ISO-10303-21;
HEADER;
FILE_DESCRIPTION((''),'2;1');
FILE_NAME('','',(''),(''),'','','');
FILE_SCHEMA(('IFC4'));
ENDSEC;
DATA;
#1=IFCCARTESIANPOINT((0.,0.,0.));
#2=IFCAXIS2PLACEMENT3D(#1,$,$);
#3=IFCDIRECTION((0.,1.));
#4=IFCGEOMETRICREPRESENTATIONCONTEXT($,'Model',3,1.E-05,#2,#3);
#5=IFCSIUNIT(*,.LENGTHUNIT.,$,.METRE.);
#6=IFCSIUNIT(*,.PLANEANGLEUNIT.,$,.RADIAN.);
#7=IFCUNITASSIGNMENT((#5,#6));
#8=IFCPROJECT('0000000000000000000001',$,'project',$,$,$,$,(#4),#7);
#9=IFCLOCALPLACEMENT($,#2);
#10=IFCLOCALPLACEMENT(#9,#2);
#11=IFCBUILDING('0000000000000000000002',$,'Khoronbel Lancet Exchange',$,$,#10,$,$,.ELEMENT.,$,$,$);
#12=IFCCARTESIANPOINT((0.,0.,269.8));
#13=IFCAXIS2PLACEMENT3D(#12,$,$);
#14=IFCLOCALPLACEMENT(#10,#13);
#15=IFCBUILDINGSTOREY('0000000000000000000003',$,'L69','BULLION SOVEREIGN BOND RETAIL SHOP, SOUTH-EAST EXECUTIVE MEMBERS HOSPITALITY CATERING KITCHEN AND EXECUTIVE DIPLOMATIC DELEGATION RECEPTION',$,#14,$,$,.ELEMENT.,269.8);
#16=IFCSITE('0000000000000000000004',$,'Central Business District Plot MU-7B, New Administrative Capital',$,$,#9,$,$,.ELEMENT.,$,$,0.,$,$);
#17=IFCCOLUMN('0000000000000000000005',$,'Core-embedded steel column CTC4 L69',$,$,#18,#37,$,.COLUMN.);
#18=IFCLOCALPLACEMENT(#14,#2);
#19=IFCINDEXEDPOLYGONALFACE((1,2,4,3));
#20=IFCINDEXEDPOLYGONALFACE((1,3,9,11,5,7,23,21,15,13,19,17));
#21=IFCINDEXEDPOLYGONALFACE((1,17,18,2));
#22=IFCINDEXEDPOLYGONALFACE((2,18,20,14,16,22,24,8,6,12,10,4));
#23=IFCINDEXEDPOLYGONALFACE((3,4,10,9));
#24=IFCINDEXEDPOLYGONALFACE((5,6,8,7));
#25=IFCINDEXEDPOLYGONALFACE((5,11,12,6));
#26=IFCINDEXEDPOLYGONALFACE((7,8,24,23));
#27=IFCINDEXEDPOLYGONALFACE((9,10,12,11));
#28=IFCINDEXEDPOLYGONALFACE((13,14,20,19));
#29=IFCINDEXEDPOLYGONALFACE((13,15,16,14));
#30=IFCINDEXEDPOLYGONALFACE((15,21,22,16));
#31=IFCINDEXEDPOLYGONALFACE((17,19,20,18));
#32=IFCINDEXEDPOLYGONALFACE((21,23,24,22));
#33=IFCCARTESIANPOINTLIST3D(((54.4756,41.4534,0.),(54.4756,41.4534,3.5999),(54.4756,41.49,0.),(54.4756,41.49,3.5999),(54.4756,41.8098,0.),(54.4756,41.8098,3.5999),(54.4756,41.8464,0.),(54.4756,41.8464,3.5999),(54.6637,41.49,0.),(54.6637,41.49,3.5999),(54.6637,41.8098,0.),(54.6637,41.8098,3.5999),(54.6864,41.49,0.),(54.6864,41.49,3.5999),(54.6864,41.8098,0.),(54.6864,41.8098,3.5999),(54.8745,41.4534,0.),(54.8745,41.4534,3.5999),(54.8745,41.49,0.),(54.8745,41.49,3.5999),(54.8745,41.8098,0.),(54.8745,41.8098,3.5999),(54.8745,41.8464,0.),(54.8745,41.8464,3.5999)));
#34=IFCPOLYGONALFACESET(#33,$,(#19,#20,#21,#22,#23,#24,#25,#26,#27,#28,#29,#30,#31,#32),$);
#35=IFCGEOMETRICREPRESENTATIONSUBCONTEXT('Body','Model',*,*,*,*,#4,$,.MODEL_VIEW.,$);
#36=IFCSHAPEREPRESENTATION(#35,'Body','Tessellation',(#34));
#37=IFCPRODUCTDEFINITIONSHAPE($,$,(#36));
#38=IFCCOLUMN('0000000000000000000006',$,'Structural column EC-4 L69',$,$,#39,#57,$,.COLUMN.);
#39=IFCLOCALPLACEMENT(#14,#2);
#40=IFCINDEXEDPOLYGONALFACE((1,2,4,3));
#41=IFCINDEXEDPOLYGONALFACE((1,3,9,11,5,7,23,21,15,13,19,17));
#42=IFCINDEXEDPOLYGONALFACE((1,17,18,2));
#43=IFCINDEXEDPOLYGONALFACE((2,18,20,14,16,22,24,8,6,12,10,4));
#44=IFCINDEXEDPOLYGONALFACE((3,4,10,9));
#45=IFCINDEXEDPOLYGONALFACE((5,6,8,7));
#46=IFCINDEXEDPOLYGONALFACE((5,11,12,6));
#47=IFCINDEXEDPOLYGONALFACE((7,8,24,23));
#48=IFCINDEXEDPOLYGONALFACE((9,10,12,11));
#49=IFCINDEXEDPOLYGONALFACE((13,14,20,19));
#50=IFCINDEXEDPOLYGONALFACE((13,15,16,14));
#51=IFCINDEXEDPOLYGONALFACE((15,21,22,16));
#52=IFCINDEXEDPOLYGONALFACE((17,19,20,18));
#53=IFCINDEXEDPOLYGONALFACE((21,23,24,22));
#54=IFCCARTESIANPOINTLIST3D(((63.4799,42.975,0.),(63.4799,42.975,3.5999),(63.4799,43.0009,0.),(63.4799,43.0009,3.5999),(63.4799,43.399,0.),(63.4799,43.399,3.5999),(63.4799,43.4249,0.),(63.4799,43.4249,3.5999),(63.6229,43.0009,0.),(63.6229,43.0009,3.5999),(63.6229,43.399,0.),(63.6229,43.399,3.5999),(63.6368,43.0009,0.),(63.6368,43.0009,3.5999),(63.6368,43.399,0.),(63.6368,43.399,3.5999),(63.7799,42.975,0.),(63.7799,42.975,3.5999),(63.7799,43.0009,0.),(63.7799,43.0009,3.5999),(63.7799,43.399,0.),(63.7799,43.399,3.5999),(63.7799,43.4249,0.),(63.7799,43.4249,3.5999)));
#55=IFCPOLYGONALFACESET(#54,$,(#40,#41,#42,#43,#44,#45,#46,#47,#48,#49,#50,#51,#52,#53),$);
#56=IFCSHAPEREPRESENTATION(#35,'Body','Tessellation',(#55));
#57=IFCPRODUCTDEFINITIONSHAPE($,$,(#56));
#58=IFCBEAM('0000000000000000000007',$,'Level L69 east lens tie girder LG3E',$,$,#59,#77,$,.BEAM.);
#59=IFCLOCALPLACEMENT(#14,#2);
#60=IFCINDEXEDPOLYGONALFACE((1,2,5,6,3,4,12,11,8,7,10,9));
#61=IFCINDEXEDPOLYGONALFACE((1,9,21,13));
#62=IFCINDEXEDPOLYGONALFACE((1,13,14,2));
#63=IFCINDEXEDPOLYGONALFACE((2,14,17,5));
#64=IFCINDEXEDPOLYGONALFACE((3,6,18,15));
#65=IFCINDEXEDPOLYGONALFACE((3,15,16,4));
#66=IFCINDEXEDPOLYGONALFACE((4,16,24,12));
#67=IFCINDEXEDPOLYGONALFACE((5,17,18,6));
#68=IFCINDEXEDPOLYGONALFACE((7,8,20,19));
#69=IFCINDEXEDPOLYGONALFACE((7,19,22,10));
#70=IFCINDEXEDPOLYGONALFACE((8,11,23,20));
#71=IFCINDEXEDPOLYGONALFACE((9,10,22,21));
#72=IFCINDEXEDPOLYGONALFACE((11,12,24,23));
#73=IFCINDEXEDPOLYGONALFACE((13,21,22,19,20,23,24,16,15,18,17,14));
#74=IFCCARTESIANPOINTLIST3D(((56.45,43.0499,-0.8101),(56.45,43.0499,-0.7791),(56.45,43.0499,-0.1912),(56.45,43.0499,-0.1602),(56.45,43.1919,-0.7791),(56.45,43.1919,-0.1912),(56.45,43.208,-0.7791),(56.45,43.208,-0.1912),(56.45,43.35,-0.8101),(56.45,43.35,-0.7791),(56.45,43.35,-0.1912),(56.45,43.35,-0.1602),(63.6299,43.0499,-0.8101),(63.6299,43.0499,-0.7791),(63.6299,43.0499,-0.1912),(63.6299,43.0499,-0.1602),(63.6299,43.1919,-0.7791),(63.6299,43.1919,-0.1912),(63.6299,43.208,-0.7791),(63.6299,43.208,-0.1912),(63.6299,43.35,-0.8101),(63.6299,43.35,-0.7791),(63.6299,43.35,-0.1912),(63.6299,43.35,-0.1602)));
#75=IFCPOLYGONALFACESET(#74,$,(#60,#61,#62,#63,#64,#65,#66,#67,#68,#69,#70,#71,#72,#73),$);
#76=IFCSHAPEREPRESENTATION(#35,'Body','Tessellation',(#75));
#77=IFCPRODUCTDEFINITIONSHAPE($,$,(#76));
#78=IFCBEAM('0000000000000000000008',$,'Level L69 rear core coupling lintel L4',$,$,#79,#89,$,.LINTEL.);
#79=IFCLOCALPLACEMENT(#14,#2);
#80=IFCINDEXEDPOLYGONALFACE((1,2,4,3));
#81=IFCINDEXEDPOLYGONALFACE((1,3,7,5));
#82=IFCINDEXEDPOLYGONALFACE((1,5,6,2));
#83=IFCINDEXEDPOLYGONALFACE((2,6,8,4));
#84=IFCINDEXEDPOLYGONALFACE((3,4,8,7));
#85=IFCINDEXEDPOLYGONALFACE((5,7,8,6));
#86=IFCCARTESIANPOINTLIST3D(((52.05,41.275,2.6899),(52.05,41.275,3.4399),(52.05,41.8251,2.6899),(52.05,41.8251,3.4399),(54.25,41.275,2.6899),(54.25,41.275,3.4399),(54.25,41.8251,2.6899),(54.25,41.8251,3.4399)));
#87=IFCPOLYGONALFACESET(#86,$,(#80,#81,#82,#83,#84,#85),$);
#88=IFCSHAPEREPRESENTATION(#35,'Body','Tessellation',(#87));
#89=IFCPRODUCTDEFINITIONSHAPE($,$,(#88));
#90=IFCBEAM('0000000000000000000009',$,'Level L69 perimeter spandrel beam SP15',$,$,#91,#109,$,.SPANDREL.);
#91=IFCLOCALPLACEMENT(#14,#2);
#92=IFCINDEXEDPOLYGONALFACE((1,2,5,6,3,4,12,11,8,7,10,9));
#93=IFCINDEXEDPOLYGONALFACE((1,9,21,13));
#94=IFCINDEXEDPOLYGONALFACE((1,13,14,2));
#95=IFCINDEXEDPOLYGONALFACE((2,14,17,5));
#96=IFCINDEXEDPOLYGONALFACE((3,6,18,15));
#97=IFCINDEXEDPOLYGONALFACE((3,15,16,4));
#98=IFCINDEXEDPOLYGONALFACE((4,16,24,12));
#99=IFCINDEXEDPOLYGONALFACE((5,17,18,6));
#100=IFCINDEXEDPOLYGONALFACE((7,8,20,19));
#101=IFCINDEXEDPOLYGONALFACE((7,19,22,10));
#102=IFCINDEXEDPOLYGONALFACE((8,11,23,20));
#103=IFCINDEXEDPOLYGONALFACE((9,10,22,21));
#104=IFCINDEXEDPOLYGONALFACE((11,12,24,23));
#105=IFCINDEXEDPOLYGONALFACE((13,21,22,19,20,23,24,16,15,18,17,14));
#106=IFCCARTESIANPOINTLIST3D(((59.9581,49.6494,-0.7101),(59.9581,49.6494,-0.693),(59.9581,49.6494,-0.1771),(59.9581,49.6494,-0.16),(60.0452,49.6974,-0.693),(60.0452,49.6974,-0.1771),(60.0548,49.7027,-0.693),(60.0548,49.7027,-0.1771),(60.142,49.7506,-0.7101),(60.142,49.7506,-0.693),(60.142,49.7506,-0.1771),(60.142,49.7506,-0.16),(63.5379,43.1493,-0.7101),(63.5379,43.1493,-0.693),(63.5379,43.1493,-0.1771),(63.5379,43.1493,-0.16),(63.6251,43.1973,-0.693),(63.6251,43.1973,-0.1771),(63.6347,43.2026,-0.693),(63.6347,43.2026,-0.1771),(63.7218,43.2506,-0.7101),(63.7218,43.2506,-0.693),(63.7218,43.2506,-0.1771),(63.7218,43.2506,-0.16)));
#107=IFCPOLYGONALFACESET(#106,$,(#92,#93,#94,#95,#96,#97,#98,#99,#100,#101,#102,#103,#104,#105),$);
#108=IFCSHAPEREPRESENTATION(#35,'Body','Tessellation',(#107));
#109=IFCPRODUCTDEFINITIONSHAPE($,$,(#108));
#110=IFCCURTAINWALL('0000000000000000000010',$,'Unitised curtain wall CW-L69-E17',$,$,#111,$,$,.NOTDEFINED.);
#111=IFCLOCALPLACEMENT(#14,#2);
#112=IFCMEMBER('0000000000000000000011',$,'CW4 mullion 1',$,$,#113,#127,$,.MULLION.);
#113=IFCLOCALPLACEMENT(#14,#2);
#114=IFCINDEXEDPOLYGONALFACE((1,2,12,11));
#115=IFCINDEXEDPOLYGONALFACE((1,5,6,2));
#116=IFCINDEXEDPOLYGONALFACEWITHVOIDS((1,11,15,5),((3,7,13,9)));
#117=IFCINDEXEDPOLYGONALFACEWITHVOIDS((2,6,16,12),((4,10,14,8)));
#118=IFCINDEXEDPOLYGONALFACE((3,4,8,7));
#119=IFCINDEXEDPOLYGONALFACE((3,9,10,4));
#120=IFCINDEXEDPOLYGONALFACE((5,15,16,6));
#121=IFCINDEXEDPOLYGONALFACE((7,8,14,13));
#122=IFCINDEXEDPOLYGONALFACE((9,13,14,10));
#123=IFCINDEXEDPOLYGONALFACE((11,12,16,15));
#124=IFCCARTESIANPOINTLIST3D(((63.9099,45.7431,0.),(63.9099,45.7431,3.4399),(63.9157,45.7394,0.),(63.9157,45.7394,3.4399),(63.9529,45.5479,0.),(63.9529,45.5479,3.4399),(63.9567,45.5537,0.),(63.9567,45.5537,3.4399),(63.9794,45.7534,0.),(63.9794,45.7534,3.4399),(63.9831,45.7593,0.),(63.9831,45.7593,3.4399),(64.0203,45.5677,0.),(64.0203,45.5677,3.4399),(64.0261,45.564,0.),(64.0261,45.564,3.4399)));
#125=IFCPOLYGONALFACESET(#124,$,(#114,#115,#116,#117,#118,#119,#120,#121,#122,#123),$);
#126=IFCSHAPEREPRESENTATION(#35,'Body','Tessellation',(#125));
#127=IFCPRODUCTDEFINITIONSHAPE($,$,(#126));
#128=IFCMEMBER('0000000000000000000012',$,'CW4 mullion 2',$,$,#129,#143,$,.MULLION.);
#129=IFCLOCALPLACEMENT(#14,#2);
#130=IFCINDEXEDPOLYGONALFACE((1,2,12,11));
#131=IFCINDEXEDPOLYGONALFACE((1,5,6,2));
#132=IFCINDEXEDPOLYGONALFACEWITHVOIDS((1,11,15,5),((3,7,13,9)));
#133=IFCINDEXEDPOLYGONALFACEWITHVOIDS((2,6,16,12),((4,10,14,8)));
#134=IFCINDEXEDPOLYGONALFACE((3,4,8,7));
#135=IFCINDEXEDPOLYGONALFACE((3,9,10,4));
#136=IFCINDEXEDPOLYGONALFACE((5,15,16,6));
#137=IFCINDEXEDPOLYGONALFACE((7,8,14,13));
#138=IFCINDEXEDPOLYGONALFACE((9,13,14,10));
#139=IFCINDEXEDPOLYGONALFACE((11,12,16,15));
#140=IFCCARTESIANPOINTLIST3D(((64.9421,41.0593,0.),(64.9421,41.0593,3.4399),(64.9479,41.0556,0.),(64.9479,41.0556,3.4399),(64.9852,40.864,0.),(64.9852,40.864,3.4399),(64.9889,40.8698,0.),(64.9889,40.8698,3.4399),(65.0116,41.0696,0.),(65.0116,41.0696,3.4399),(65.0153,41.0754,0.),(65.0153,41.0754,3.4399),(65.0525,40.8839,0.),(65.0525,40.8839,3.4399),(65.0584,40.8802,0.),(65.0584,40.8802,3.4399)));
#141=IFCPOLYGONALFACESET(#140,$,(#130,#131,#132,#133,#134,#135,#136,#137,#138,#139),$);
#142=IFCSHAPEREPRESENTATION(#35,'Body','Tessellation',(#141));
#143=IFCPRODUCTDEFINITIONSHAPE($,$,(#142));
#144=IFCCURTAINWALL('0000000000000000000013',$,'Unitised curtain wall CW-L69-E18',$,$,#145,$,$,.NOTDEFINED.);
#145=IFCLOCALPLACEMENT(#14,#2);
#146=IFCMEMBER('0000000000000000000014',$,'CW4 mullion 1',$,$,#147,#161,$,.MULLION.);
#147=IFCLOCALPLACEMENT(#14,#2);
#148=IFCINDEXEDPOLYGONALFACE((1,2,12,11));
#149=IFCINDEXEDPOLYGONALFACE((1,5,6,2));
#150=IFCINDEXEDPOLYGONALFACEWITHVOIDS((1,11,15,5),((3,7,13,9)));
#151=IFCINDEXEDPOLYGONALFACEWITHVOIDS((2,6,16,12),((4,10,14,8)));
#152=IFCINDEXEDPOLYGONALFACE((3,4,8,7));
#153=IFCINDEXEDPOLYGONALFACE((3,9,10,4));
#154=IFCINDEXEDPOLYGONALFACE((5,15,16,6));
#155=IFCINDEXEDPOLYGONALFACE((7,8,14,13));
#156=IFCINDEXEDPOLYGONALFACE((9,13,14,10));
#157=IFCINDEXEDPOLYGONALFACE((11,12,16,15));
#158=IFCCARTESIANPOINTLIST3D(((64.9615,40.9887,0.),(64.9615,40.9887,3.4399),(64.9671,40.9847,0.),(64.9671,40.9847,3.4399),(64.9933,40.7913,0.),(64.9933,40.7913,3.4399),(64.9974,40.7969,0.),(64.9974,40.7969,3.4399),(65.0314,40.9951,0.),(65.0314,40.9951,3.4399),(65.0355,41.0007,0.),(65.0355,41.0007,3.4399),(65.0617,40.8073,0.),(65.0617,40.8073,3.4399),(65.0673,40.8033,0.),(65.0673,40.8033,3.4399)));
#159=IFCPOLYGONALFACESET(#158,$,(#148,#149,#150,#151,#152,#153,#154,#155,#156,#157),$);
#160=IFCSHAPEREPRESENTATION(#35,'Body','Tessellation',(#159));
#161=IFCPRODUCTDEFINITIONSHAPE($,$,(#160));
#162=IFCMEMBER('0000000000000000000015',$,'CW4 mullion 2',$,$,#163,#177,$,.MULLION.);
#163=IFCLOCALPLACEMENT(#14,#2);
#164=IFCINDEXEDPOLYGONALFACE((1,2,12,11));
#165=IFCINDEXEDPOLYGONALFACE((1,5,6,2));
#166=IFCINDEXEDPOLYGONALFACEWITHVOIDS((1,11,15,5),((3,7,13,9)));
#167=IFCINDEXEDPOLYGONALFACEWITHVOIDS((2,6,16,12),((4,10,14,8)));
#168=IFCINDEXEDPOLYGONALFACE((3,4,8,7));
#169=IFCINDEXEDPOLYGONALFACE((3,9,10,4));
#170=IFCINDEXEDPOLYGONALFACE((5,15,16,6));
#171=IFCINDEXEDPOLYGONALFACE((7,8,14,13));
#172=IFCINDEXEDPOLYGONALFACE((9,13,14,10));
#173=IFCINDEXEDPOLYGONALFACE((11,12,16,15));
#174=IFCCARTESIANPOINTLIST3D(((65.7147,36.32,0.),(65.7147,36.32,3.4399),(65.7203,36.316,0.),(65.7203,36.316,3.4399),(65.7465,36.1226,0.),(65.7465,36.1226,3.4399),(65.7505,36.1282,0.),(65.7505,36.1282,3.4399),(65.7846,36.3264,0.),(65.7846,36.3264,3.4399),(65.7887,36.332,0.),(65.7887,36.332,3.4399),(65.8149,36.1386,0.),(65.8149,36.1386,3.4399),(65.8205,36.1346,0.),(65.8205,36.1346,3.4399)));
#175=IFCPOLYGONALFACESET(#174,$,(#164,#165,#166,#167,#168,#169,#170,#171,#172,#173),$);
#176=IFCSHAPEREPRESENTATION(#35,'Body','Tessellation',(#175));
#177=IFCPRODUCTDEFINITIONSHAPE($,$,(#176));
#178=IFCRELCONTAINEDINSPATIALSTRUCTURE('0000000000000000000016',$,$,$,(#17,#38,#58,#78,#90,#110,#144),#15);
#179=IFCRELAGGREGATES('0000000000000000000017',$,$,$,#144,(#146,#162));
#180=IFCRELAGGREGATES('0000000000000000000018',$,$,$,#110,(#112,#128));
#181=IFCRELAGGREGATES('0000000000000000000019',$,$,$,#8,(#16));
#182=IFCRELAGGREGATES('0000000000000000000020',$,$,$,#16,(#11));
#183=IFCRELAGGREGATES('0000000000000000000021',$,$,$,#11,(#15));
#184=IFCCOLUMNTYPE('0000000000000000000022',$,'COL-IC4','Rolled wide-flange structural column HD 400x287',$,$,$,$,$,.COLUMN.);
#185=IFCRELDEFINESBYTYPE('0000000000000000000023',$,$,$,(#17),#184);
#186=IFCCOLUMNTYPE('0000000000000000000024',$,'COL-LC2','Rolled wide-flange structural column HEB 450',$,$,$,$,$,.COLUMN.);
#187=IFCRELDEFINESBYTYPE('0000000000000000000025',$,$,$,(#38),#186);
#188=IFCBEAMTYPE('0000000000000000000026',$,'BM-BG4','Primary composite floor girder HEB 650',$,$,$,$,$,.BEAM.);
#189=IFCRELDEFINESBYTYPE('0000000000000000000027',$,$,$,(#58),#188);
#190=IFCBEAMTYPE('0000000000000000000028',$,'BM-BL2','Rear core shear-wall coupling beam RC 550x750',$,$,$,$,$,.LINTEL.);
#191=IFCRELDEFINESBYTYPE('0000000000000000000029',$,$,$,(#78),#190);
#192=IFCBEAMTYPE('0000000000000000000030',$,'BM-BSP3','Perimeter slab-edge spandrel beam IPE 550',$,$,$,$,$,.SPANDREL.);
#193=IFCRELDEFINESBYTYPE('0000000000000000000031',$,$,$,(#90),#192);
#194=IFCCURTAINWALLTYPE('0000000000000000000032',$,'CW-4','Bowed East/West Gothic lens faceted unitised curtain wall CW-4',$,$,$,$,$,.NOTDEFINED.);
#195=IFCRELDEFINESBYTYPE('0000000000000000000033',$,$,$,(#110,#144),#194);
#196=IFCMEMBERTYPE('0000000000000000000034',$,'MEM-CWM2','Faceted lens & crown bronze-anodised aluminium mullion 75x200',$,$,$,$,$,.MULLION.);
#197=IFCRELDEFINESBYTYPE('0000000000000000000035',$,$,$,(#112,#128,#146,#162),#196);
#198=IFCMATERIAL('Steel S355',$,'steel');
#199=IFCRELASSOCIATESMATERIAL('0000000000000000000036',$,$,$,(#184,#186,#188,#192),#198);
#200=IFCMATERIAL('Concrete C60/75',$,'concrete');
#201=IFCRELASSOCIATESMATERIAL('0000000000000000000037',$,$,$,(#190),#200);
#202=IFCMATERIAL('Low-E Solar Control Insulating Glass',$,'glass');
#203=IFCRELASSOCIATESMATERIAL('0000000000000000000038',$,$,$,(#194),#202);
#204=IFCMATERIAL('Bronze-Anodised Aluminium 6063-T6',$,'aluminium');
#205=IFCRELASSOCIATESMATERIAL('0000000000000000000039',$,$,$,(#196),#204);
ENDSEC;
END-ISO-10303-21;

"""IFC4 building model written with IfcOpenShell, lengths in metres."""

from ifc_helpers import new_model, si_unit, direction, frame, origin, origin_2d, place, context, subcontext, project, spatial, rectangle, hollow_rectangle, i_section, extrude, material, material_profile, profile_set, type_object, element, aggregate, save


model = new_model("IFC4")

# Units and contexts
model_context = context("Model", 3, precision=1e-05, world=origin(), true_north=direction((0.0, 1.0)))
body_context = subcontext(model_context, "Body", "Model", "MODEL_VIEW")
ifc_project = project(units=[si_unit("LENGTHUNIT", "METRE"), si_unit("PLANEANGLEUNIT", "RADIAN")], contexts=[model_context])

# Site, building, storey
site_placement = place(None, origin())
site = spatial("IfcSite", under=ifc_project, at=site_placement, Name="Central Business District Plot MU-7B, New Administrative Capital", CompositionType="ELEMENT", RefElevation=0.0)
building_placement = place(site_placement, origin())
building = spatial("IfcBuilding", under=site, at=building_placement, Name="Khoronbel Lancet Exchange", CompositionType="ELEMENT")
storey_placement = place(building_placement, frame((0.0, 0.0, 269.8)))
storey = spatial("IfcBuildingStorey", under=building, at=storey_placement, Name="L69", Description="BULLION SOVEREIGN BOND RETAIL SHOP, SOUTH-EAST EXECUTIVE MEMBERS HOSPITALITY CATERING KITCHEN AND EXECUTIVE DIPLOMATIC DELEGATION RECEPTION", CompositionType="ELEMENT", Elevation=269.8)

# Columns
ifc_material_1 = material(Name="Steel S355", Category="steel")
ifc_material_profile_1 = material_profile(ifc_material_1, i_section(OverallWidth=0.3989, OverallDepth=0.3931, WebThickness=0.0227, FlangeThickness=0.0366, at=origin_2d()), Name="HD 400x287")
ifc_profile_set_1 = profile_set([ifc_material_profile_1], Name="Steel S355")
column_type_1 = type_object("IfcColumnType", Name="COL-IC4", Description="Rolled wide-flange structural column HD 400x287", PredefinedType="COLUMN", material=ifc_profile_set_1)
column_1_placement = place(storey_placement, frame((54.675, 41.6499, 0.0), z_axis=(0.0, 0.0, 1.0), x_axis=(1.0, 0.0, 0.0)))
element("IfcColumn", 1, at=column_1_placement, inside=storey, type_object=column_type_1, Name="Core-embedded steel column CTC4 L69", PredefinedType="COLUMN", context=body_context, shape_type="SweptSolid", body=[
    extrude(i_section(OverallWidth=0.3989, OverallDepth=0.3931, WebThickness=0.0227, FlangeThickness=0.0366, at=origin_2d()), origin(), (0.0, 0.0, 1.0), 3.5999),
])
ifc_material_profile_2 = material_profile(ifc_material_1, i_section(OverallWidth=0.3, OverallDepth=0.45, WebThickness=0.0139, FlangeThickness=0.0259, at=origin_2d()), Name="HEB 450")
ifc_profile_set_2 = profile_set([ifc_material_profile_2], Name="Steel S355")
column_type_2 = type_object("IfcColumnType", Name="COL-LC2", Description="Rolled wide-flange structural column HEB 450", PredefinedType="COLUMN", material=ifc_profile_set_2)
column_2_placement = place(storey_placement, frame((63.6299, 43.2, 0.0), z_axis=(0.0, 0.0, 1.0), x_axis=(1.0, 0.0, 0.0)))
element("IfcColumn", 2, at=column_2_placement, inside=storey, type_object=column_type_2, Name="Structural column EC-4 L69", PredefinedType="COLUMN", context=body_context, shape_type="SweptSolid", body=[
    extrude(i_section(OverallWidth=0.3, OverallDepth=0.45, WebThickness=0.0139, FlangeThickness=0.0259, at=origin_2d()), origin(), (0.0, 0.0, 1.0), 3.5999),
])

# Beams
ifc_material_profile_3 = material_profile(ifc_material_1, i_section(OverallWidth=0.3, OverallDepth=0.6499, WebThickness=0.0161, FlangeThickness=0.031, at=origin_2d()), Name="HEB 650")
ifc_profile_set_3 = profile_set([ifc_material_profile_3], Name="Steel S355")
beam_type_1 = type_object("IfcBeamType", Name="BM-BG4", Description="Primary composite floor girder HEB 650", PredefinedType="BEAM", material=ifc_profile_set_3)
beam_1_placement = place(storey_placement, frame((56.45, 43.2, -0.4851), z_axis=(1.0, 0.0, 0.0), x_axis=(0.0, 1.0, 0.0)))
element("IfcBeam", 3, at=beam_1_placement, inside=storey, type_object=beam_type_1, Name="Level L69 east lens tie girder LG3E", PredefinedType="BEAM", context=body_context, shape_type="SweptSolid", body=[
    extrude(i_section(OverallWidth=0.3, OverallDepth=0.6499, WebThickness=0.0161, FlangeThickness=0.031, at=origin_2d()), origin(), (0.0, 0.0, 1.0), 7.1799),
])
ifc_material_2 = material(Name="Concrete C60/75", Category="concrete")
ifc_material_profile_4 = material_profile(ifc_material_2, rectangle(XDim=0.55, YDim=0.75, at=origin_2d()), Name="RC 550x750")
ifc_profile_set_4 = profile_set([ifc_material_profile_4], Name="Concrete C60/75")
beam_type_2 = type_object("IfcBeamType", Name="BM-BL2", Description="Rear core shear-wall coupling beam RC 550x750", PredefinedType="LINTEL", material=ifc_profile_set_4)
beam_2_placement = place(storey_placement, frame((52.05, 41.55, 3.0649), z_axis=(1.0, 0.0, 0.0), x_axis=(0.0, 1.0, 0.0)))
element("IfcBeam", 4, at=beam_2_placement, inside=storey, type_object=beam_type_2, Name="Level L69 rear core coupling lintel L4", PredefinedType="LINTEL", context=body_context, shape_type="SweptSolid", body=[
    extrude(rectangle(XDim=0.55, YDim=0.75, at=origin_2d()), origin(), (0.0, 0.0, 1.0), 2.2),
])
ifc_material_profile_5 = material_profile(ifc_material_1, i_section(OverallWidth=0.21, OverallDepth=0.55, WebThickness=0.011, FlangeThickness=0.0171, at=origin_2d()), Name="IPE 550")
ifc_profile_set_5 = profile_set([ifc_material_profile_5], Name="Steel S355")
beam_type_3 = type_object("IfcBeamType", Name="BM-BSP3", Description="Perimeter slab-edge spandrel beam IPE 550", PredefinedType="SPANDREL", material=ifc_profile_set_5)
beam_3_placement = place(storey_placement, frame((63.6299, 43.2, -0.4351), z_axis=(-0.482419, 0.875941, 0.0), x_axis=(-0.875941, -0.482419, 0.0)))
element("IfcBeam", 5, at=beam_3_placement, inside=storey, type_object=beam_type_3, Name="Level L69 perimeter spandrel beam SP15", PredefinedType="SPANDREL", context=body_context, shape_type="SweptSolid", body=[
    extrude(i_section(OverallWidth=0.21, OverallDepth=0.55, WebThickness=0.011, FlangeThickness=0.0171, at=origin_2d()), origin(), (0.0, 0.0, 1.0), 7.4207),
])

# Curtain walls, members
ifc_material_3 = material(Name="Low-E Solar Control Insulating Glass", Category="glass")
curtain_wall_type = type_object("IfcCurtainWallType", Name="CW-4", Description="Bowed East/West Gothic lens faceted unitised curtain wall CW-4", PredefinedType="NOTDEFINED", material=ifc_material_3)
curtain_wall_1_placement = place(storey_placement, origin())
curtain_wall_1 = element("IfcCurtainWall", 6, at=curtain_wall_1_placement, inside=storey, type_object=curtain_wall_type, Name="Unitised curtain wall CW-L69-E17", PredefinedType="NOTDEFINED")
ifc_material_4 = material(Name="Bronze-Anodised Aluminium 6063-T6", Category="aluminium")
ifc_material_profile_6 = material_profile(ifc_material_4, hollow_rectangle(XDim=0.075, YDim=0.2, WallThickness=0.0049, at=origin_2d()), Name="ALU MULLION 75x200")
ifc_profile_set_6 = profile_set([ifc_material_profile_6], Name="Bronze-Anodised Aluminium 6063-T6")
member_type_1 = type_object("IfcMemberType", Name="MEM-CWM2", Description="Faceted lens & crown bronze-anodised aluminium mullion 75x200", PredefinedType="MULLION", material=ifc_profile_set_6)
member_1_placement = place(storey_placement, frame((63.968, 45.6536, 0.0), z_axis=(0.0, 0.0, 1.0), x_axis=(0.976565, 0.215222, 0.0)))
member_1 = element("IfcMember", 7, at=member_1_placement, type_object=member_type_1, Name="CW4 mullion 1", PredefinedType="MULLION", context=body_context, shape_type="SweptSolid", body=[
    extrude(hollow_rectangle(XDim=0.075, YDim=0.2, WallThickness=0.0049, at=origin_2d()), origin(), (0.0, 0.0, 1.0), 3.4399),
])
member_2_placement = place(storey_placement, frame((65.0002, 40.9697, 0.0), z_axis=(0.0, 0.0, 1.0), x_axis=(0.976565, 0.215222, 0.0)))
member_2 = element("IfcMember", 8, at=member_2_placement, type_object=member_type_1, Name="CW4 mullion 2", PredefinedType="MULLION", context=body_context, shape_type="SweptSolid", body=[
    extrude(hollow_rectangle(XDim=0.075, YDim=0.2, WallThickness=0.0049, at=origin_2d()), origin(), (0.0, 0.0, 1.0), 3.4399),
])
curtain_wall_2_placement = place(storey_placement, origin())
curtain_wall_2 = element("IfcCurtainWall", 9, at=curtain_wall_2_placement, inside=storey, type_object=curtain_wall_type, Name="Unitised curtain wall CW-L69-E18", PredefinedType="NOTDEFINED")
member_3_placement = place(storey_placement, frame((65.0144, 40.896, 0.0), z_axis=(0.0, 0.0, 1.0), x_axis=(0.987234, 0.159276, 0.0)))
member_3 = element("IfcMember", 10, at=member_3_placement, type_object=member_type_1, Name="CW4 mullion 1", PredefinedType="MULLION", context=body_context, shape_type="SweptSolid", body=[
    extrude(hollow_rectangle(XDim=0.075, YDim=0.2, WallThickness=0.0049, at=origin_2d()), origin(), (0.0, 0.0, 1.0), 3.4399),
])
member_4_placement = place(storey_placement, frame((65.7676, 36.2273, 0.0), z_axis=(0.0, 0.0, 1.0), x_axis=(0.987234, 0.159276, 0.0)))
member_4 = element("IfcMember", 11, at=member_4_placement, type_object=member_type_1, Name="CW4 mullion 2", PredefinedType="MULLION", context=body_context, shape_type="SweptSolid", body=[
    extrude(hollow_rectangle(XDim=0.075, YDim=0.2, WallThickness=0.0049, at=origin_2d()), origin(), (0.0, 0.0, 1.0), 3.4399),
])

aggregate(curtain_wall_2, [member_3, member_4])
aggregate(curtain_wall_1, [member_1, member_2])

save(model, "model.ifc")
